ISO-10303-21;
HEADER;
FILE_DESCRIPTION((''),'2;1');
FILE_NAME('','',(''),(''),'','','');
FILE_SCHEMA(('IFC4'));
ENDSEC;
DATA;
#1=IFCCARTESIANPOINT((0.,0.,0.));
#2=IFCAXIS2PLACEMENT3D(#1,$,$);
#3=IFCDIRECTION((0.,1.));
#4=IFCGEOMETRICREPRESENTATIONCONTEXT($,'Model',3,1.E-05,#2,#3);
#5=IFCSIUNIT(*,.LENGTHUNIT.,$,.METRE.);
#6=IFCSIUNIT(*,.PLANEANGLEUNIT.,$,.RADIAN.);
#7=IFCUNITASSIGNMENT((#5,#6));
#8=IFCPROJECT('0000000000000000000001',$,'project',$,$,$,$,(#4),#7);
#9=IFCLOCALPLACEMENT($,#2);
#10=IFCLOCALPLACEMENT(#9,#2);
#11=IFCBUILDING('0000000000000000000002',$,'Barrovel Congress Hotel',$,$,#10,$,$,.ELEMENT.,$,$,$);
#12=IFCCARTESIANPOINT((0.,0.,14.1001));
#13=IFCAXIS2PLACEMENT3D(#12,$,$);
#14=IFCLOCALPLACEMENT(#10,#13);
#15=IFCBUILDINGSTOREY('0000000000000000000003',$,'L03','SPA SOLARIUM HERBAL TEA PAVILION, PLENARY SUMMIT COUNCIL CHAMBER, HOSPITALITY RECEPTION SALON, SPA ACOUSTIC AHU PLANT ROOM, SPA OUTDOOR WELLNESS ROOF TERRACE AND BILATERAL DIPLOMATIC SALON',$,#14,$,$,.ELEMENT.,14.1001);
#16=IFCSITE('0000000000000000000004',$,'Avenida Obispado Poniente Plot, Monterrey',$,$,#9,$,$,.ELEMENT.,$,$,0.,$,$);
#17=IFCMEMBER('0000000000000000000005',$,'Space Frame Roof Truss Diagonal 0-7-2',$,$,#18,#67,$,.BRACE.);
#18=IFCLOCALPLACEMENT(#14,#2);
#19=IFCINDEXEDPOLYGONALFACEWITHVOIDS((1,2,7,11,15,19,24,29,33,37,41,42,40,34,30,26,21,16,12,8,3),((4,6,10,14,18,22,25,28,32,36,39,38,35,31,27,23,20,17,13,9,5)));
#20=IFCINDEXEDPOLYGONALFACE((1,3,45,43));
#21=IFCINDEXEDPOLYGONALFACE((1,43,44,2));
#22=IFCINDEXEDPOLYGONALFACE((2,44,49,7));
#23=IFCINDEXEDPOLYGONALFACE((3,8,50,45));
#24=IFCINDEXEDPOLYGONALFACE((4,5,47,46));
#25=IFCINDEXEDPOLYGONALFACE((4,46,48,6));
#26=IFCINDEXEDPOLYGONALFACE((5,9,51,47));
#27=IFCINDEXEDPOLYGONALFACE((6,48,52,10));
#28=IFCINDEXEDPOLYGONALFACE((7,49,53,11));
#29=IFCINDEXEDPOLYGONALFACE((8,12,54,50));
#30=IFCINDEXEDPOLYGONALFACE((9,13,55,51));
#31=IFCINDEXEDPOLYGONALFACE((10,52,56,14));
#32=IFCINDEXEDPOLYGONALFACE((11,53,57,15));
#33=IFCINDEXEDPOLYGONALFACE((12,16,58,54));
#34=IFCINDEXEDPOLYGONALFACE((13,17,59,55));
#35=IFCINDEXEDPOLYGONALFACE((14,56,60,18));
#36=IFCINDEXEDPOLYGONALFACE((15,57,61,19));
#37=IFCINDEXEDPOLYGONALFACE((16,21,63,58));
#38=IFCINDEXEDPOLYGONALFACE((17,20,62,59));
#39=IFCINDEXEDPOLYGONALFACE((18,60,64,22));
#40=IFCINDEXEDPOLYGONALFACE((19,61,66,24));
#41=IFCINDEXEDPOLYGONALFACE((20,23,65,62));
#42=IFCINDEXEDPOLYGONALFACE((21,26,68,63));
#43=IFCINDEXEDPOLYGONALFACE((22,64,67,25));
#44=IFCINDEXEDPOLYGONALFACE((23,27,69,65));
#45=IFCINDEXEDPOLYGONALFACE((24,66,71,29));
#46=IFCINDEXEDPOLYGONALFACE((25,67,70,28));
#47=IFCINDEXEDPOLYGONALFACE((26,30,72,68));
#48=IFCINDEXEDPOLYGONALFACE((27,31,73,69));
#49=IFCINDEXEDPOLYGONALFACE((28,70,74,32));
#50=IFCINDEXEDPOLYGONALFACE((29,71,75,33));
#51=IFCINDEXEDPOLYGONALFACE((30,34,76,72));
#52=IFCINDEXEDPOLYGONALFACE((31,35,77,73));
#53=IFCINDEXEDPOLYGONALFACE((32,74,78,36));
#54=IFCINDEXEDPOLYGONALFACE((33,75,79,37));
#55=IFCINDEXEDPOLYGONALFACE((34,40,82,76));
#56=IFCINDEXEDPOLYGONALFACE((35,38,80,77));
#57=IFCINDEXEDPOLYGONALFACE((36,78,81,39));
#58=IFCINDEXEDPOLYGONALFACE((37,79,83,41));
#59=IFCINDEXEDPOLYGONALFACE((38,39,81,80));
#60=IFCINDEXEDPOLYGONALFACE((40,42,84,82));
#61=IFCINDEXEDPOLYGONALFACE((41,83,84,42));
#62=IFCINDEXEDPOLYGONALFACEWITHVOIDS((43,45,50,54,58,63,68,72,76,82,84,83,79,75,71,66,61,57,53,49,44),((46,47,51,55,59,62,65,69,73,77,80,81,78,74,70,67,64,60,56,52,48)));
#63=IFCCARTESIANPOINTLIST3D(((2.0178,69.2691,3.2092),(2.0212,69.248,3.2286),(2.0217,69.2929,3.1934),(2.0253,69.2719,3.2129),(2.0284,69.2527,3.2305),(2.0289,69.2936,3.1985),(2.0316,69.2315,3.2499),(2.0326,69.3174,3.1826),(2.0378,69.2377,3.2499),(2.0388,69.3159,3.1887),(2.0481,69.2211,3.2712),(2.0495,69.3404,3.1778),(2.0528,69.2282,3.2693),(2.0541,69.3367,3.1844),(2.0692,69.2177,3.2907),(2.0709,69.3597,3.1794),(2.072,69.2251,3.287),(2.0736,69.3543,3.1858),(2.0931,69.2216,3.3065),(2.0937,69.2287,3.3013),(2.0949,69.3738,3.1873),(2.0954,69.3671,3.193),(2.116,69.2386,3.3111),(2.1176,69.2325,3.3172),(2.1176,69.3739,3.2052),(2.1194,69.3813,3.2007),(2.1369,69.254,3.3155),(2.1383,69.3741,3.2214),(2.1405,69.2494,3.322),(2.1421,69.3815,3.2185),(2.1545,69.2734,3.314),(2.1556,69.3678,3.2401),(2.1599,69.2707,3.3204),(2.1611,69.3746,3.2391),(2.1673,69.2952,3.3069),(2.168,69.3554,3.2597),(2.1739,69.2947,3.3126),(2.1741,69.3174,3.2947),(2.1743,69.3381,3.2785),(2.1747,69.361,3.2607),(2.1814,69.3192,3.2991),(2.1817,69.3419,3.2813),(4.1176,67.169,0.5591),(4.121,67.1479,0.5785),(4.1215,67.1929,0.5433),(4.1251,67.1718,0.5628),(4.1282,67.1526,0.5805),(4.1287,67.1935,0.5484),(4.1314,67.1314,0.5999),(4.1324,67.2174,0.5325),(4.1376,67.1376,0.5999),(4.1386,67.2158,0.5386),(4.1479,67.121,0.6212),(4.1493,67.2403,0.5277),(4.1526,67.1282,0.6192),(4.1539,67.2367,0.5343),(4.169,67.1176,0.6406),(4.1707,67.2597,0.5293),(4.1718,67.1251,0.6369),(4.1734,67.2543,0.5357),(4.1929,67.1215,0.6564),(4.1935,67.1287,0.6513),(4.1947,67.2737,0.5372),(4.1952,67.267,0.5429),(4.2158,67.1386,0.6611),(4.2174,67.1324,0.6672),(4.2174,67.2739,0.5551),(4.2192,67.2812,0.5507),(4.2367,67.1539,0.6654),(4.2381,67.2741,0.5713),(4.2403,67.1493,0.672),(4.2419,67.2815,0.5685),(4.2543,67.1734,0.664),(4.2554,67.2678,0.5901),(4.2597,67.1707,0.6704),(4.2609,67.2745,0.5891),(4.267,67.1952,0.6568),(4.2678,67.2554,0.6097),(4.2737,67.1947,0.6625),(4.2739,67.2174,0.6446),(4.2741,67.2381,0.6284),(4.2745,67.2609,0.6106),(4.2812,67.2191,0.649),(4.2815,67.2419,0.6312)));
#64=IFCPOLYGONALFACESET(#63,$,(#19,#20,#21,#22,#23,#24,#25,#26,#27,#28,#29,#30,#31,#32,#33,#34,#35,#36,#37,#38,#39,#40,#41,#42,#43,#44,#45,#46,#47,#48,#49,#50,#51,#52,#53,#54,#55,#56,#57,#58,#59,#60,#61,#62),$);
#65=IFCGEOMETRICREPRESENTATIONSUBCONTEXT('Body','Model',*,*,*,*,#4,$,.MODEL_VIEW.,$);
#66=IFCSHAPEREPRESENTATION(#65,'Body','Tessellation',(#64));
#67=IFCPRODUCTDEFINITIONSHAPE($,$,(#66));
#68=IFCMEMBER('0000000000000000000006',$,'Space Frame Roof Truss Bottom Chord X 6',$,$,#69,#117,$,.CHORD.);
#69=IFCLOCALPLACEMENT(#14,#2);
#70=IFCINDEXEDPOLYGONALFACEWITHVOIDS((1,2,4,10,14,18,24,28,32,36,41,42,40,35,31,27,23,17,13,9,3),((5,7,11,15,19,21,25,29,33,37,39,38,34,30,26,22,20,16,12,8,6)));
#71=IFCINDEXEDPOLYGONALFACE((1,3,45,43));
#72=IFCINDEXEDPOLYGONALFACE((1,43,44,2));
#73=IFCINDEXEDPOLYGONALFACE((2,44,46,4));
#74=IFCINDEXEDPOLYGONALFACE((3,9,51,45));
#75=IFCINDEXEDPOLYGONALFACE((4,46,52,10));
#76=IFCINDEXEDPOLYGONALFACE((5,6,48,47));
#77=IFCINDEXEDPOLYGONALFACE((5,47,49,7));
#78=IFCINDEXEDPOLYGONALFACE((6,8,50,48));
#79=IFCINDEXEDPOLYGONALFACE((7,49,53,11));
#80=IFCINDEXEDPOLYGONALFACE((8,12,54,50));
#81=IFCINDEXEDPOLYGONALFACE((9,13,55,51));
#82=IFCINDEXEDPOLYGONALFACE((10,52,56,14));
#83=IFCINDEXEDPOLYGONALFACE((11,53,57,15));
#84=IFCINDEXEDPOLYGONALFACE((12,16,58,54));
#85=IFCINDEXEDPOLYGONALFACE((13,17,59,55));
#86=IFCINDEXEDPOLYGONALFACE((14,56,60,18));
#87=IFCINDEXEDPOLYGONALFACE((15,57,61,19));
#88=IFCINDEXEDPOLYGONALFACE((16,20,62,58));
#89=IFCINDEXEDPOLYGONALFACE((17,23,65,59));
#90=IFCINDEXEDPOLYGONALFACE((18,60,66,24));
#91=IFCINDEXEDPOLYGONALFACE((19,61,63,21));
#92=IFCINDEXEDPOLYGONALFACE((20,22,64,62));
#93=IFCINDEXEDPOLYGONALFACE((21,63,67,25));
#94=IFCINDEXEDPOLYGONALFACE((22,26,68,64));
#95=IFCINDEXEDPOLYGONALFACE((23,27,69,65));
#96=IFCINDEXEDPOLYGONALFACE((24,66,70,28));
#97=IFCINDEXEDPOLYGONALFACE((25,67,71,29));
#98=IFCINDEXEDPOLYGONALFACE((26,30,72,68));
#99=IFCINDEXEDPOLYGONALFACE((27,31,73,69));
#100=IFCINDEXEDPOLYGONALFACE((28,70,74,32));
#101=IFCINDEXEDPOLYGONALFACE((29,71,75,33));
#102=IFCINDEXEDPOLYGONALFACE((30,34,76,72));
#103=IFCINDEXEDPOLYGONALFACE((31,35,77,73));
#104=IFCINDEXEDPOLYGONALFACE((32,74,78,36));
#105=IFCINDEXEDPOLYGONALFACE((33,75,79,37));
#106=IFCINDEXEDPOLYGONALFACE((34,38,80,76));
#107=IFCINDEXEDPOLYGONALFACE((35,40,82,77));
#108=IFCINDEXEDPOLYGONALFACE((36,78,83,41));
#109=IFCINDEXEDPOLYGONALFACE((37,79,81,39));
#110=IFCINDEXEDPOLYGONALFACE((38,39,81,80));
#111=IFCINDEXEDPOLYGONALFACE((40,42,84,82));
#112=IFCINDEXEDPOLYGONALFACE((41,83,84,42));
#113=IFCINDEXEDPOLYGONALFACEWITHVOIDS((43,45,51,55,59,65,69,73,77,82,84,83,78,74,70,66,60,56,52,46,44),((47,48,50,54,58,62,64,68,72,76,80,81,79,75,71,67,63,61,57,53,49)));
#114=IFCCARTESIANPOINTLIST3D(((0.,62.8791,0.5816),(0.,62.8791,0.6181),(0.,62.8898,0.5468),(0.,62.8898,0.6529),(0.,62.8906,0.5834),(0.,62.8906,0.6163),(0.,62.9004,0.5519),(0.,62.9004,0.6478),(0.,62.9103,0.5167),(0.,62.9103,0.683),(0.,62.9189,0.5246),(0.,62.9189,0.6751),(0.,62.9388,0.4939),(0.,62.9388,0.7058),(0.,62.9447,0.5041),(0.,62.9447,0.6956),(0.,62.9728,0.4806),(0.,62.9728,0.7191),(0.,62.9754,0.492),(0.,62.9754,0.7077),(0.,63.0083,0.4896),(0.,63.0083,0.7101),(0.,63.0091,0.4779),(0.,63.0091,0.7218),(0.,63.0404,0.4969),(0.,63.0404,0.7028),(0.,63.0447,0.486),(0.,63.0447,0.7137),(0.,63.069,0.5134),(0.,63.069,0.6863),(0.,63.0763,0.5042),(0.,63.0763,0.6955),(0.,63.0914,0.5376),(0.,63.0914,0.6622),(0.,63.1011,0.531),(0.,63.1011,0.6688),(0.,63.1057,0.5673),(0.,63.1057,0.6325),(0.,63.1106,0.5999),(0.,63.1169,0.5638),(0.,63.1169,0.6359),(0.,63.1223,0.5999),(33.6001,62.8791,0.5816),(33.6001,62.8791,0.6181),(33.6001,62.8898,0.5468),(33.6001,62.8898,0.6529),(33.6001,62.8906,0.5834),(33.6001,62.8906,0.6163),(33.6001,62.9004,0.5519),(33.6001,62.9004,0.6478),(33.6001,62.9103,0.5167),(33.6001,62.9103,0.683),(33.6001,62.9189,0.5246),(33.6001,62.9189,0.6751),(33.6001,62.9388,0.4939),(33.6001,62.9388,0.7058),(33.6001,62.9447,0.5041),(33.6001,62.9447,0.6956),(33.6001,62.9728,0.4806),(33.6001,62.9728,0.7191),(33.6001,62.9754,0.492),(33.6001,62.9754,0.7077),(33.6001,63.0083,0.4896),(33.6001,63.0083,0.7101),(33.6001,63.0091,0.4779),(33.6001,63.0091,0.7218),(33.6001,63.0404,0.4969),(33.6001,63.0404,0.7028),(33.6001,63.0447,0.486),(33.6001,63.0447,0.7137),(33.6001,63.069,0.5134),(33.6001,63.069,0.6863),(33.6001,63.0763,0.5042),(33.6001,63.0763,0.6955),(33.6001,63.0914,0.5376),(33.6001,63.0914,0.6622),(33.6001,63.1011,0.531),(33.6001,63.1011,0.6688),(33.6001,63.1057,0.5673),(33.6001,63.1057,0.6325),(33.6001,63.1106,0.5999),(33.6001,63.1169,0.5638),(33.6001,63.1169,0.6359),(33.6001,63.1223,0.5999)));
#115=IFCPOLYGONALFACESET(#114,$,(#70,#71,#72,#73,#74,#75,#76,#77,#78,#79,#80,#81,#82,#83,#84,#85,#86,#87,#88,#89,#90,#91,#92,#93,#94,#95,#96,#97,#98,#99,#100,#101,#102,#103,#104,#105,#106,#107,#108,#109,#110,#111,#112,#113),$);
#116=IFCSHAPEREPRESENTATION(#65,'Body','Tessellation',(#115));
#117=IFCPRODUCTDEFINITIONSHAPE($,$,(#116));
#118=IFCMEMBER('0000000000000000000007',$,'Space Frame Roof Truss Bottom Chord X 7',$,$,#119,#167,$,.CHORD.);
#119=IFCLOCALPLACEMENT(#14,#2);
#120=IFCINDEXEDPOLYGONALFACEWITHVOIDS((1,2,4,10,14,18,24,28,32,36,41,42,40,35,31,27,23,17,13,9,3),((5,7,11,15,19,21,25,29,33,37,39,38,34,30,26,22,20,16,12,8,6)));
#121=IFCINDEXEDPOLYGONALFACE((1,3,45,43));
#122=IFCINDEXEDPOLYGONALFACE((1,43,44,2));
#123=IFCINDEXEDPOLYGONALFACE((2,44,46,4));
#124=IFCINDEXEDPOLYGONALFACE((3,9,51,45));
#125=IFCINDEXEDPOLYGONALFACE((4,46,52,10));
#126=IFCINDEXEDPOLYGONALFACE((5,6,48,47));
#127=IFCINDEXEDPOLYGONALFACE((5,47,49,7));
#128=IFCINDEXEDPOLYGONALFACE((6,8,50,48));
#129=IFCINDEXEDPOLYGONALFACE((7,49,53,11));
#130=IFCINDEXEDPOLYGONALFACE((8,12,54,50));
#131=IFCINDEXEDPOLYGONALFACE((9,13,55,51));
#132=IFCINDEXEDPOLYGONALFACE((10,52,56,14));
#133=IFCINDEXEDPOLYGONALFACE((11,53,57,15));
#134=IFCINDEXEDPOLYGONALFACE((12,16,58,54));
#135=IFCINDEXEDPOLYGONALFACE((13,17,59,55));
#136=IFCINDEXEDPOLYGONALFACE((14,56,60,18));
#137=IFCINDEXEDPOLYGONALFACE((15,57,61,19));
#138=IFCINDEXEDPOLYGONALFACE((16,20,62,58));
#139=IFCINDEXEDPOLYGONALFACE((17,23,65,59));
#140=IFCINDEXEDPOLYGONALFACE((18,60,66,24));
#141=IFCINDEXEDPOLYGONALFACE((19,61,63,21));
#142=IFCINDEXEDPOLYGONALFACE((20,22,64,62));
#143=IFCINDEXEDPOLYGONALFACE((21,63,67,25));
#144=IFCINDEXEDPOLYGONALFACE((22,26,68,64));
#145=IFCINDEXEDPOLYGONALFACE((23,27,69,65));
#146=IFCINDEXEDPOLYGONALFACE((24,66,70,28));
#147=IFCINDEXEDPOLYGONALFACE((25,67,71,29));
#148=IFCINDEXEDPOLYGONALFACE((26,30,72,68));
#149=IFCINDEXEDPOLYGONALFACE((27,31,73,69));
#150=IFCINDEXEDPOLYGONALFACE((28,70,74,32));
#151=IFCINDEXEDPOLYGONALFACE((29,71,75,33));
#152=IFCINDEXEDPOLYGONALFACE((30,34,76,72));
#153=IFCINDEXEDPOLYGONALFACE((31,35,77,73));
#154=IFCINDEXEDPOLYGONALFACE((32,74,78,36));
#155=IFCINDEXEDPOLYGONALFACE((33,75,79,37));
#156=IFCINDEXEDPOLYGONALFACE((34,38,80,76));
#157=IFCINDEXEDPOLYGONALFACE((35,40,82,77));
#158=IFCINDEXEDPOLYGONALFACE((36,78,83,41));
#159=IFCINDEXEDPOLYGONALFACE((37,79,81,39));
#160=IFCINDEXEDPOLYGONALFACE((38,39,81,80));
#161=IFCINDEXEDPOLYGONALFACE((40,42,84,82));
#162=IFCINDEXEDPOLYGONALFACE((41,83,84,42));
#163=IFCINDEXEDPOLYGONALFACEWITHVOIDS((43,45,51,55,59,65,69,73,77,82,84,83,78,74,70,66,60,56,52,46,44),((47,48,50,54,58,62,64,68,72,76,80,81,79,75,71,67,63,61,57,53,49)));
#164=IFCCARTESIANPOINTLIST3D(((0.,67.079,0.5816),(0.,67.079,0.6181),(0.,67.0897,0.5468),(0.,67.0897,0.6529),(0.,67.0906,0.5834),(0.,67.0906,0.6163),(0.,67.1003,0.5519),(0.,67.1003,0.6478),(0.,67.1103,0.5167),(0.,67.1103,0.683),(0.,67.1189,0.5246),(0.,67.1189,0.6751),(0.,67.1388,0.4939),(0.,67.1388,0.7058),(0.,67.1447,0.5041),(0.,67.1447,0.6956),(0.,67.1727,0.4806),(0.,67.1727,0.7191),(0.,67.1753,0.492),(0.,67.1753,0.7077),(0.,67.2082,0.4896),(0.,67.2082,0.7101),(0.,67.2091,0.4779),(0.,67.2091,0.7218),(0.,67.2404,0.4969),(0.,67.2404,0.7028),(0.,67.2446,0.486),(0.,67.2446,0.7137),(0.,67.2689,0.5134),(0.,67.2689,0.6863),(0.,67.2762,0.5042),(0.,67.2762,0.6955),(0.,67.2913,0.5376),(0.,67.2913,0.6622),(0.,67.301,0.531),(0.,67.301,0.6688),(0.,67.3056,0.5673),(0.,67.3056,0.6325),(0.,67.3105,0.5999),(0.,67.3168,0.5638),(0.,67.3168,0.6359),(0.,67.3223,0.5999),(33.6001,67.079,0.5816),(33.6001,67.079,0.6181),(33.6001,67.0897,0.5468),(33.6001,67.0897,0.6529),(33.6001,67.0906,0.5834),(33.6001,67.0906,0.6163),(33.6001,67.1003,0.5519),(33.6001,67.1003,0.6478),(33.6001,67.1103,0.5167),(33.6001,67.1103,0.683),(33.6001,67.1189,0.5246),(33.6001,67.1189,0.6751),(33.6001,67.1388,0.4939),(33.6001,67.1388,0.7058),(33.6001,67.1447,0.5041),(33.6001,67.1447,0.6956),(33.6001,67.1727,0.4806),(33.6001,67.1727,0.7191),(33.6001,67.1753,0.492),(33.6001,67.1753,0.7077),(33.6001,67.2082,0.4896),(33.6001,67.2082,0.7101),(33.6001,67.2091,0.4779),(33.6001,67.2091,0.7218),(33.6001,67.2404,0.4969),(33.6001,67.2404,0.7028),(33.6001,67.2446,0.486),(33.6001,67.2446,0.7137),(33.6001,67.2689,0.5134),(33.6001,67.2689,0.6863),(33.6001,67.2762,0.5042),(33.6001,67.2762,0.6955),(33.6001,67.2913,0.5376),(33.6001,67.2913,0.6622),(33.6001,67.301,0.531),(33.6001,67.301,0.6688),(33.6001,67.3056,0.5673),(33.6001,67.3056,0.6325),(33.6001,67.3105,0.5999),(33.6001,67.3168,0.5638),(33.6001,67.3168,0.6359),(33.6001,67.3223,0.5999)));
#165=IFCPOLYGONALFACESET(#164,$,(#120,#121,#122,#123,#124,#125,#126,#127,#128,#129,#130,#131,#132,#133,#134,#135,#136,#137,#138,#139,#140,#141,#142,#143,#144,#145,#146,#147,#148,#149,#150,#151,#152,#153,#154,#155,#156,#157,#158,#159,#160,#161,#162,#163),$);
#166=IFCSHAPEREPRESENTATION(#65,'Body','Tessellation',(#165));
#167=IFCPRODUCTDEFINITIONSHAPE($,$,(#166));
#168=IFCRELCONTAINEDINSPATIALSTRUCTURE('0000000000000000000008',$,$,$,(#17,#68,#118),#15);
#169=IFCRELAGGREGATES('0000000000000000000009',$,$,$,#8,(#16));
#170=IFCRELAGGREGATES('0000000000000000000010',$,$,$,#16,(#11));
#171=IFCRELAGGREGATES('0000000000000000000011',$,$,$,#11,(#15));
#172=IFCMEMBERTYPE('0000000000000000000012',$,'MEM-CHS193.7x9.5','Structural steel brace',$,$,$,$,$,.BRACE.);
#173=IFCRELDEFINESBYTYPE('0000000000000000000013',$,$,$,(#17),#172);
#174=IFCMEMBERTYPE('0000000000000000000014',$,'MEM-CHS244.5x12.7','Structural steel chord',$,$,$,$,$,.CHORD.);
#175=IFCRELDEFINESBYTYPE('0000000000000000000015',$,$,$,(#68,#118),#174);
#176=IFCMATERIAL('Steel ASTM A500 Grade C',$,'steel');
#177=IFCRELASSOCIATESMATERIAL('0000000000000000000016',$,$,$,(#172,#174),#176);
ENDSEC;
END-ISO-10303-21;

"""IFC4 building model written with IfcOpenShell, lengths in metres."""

from ifc_helpers import new_model, si_unit, direction, frame, origin, origin_2d, place, context, subcontext, project, spatial, hollow_circle, extrude, material, material_profile, profile_set, type_object, element, save


model = new_model("IFC4")

# Units and contexts
model_context = context("Model", 3, precision=1e-05, world=origin(), true_north=direction((0.0, 1.0)))
body_context = subcontext(model_context, "Body", "Model", "MODEL_VIEW")
ifc_project = project(units=[si_unit("LENGTHUNIT", "METRE"), si_unit("PLANEANGLEUNIT", "RADIAN")], contexts=[model_context])

# Site, building, storey
site_placement = place(None, origin())
site = spatial("IfcSite", under=ifc_project, at=site_placement, Name="Avenida Obispado Poniente Plot, Monterrey", CompositionType="ELEMENT", RefElevation=0.0)
building_placement = place(site_placement, origin())
building = spatial("IfcBuilding", under=site, at=building_placement, Name="Barrovel Congress Hotel", CompositionType="ELEMENT")
storey_placement = place(building_placement, frame((0.0, 0.0, 14.1001)))
storey = spatial("IfcBuildingStorey", under=building, at=storey_placement, Name="L03", Description="SPA SOLARIUM HERBAL TEA PAVILION, PLENARY SUMMIT COUNCIL CHAMBER, HOSPITALITY RECEPTION SALON, SPA ACOUSTIC AHU PLANT ROOM, SPA OUTDOOR WELLNESS ROOF TERRACE AND BILATERAL DIPLOMATIC SALON", CompositionType="ELEMENT", Elevation=14.1001)

# Members
ifc_material_1 = material(Name="Steel ASTM A500 Grade C", Category="steel")
ifc_material_profile_1 = material_profile(ifc_material_1, hollow_circle(Radius=0.0969, WallThickness=0.0088, at=origin_2d()), Name="CHS193.7x9.5")
ifc_profile_set_1 = profile_set([ifc_material_profile_1], Name="Steel ASTM A500 Grade C")
member_type_1 = type_object("IfcMemberType", Name="MEM-CHS193.7x9.5", Description="Structural steel brace", PredefinedType="BRACE", material=ifc_profile_set_1)
member_1_placement = place(storey_placement, frame((4.2, 67.2, 0.5999), z_axis=(-0.527557, 0.527618, 0.66581), x_axis=(-0.707148, -0.707066, 0.0)))
element("IfcMember", 1, at=member_1_placement, inside=storey, type_object=member_type_1, Name="Space Frame Roof Truss Diagonal 0-7-2", PredefinedType="BRACE", context=body_context, shape_type="SweptSolid", body=[
    extrude(hollow_circle(Radius=0.0969, WallThickness=0.0088, at=origin_2d()), origin(), (0.0, 0.0, 1.0), 3.9802),
])
ifc_material_profile_2 = material_profile(ifc_material_1, hollow_circle(Radius=0.1223, WallThickness=0.0117, at=origin_2d()), Name="CHS244.5x12.7")
ifc_profile_set_2 = profile_set([ifc_material_profile_2], Name="Steel ASTM A500 Grade C")
member_type_2 = type_object("IfcMemberType", Name="MEM-CHS244.5x12.7", Description="Structural steel chord", PredefinedType="CHORD", material=ifc_profile_set_2)
for number, where, z_axis, x_axis, name in (
    (2, (0.0, 63.0, 0.5999), (1.0, 0.0, 0.0), (0.0, 1.0, 0.0), "Space Frame Roof Truss Bottom Chord X 6"),
    (3, (0.0, 67.2, 0.5999), (1.0, 0.0, 0.0), (0.0, 1.0, 0.0), "Space Frame Roof Truss Bottom Chord X 7"),
):
    element("IfcMember", number, at=place(storey_placement, frame(where, z_axis=z_axis, x_axis=x_axis)), inside=storey, type_object=member_type_2, Name=name, PredefinedType="CHORD", context=body_context, shape_type="SweptSolid", body=[
        extrude(hollow_circle(Radius=0.1223, WallThickness=0.0117, at=origin_2d()), origin(), (0.0, 0.0, 1.0), 33.6001),
    ])

save(model, "model.ifc")
